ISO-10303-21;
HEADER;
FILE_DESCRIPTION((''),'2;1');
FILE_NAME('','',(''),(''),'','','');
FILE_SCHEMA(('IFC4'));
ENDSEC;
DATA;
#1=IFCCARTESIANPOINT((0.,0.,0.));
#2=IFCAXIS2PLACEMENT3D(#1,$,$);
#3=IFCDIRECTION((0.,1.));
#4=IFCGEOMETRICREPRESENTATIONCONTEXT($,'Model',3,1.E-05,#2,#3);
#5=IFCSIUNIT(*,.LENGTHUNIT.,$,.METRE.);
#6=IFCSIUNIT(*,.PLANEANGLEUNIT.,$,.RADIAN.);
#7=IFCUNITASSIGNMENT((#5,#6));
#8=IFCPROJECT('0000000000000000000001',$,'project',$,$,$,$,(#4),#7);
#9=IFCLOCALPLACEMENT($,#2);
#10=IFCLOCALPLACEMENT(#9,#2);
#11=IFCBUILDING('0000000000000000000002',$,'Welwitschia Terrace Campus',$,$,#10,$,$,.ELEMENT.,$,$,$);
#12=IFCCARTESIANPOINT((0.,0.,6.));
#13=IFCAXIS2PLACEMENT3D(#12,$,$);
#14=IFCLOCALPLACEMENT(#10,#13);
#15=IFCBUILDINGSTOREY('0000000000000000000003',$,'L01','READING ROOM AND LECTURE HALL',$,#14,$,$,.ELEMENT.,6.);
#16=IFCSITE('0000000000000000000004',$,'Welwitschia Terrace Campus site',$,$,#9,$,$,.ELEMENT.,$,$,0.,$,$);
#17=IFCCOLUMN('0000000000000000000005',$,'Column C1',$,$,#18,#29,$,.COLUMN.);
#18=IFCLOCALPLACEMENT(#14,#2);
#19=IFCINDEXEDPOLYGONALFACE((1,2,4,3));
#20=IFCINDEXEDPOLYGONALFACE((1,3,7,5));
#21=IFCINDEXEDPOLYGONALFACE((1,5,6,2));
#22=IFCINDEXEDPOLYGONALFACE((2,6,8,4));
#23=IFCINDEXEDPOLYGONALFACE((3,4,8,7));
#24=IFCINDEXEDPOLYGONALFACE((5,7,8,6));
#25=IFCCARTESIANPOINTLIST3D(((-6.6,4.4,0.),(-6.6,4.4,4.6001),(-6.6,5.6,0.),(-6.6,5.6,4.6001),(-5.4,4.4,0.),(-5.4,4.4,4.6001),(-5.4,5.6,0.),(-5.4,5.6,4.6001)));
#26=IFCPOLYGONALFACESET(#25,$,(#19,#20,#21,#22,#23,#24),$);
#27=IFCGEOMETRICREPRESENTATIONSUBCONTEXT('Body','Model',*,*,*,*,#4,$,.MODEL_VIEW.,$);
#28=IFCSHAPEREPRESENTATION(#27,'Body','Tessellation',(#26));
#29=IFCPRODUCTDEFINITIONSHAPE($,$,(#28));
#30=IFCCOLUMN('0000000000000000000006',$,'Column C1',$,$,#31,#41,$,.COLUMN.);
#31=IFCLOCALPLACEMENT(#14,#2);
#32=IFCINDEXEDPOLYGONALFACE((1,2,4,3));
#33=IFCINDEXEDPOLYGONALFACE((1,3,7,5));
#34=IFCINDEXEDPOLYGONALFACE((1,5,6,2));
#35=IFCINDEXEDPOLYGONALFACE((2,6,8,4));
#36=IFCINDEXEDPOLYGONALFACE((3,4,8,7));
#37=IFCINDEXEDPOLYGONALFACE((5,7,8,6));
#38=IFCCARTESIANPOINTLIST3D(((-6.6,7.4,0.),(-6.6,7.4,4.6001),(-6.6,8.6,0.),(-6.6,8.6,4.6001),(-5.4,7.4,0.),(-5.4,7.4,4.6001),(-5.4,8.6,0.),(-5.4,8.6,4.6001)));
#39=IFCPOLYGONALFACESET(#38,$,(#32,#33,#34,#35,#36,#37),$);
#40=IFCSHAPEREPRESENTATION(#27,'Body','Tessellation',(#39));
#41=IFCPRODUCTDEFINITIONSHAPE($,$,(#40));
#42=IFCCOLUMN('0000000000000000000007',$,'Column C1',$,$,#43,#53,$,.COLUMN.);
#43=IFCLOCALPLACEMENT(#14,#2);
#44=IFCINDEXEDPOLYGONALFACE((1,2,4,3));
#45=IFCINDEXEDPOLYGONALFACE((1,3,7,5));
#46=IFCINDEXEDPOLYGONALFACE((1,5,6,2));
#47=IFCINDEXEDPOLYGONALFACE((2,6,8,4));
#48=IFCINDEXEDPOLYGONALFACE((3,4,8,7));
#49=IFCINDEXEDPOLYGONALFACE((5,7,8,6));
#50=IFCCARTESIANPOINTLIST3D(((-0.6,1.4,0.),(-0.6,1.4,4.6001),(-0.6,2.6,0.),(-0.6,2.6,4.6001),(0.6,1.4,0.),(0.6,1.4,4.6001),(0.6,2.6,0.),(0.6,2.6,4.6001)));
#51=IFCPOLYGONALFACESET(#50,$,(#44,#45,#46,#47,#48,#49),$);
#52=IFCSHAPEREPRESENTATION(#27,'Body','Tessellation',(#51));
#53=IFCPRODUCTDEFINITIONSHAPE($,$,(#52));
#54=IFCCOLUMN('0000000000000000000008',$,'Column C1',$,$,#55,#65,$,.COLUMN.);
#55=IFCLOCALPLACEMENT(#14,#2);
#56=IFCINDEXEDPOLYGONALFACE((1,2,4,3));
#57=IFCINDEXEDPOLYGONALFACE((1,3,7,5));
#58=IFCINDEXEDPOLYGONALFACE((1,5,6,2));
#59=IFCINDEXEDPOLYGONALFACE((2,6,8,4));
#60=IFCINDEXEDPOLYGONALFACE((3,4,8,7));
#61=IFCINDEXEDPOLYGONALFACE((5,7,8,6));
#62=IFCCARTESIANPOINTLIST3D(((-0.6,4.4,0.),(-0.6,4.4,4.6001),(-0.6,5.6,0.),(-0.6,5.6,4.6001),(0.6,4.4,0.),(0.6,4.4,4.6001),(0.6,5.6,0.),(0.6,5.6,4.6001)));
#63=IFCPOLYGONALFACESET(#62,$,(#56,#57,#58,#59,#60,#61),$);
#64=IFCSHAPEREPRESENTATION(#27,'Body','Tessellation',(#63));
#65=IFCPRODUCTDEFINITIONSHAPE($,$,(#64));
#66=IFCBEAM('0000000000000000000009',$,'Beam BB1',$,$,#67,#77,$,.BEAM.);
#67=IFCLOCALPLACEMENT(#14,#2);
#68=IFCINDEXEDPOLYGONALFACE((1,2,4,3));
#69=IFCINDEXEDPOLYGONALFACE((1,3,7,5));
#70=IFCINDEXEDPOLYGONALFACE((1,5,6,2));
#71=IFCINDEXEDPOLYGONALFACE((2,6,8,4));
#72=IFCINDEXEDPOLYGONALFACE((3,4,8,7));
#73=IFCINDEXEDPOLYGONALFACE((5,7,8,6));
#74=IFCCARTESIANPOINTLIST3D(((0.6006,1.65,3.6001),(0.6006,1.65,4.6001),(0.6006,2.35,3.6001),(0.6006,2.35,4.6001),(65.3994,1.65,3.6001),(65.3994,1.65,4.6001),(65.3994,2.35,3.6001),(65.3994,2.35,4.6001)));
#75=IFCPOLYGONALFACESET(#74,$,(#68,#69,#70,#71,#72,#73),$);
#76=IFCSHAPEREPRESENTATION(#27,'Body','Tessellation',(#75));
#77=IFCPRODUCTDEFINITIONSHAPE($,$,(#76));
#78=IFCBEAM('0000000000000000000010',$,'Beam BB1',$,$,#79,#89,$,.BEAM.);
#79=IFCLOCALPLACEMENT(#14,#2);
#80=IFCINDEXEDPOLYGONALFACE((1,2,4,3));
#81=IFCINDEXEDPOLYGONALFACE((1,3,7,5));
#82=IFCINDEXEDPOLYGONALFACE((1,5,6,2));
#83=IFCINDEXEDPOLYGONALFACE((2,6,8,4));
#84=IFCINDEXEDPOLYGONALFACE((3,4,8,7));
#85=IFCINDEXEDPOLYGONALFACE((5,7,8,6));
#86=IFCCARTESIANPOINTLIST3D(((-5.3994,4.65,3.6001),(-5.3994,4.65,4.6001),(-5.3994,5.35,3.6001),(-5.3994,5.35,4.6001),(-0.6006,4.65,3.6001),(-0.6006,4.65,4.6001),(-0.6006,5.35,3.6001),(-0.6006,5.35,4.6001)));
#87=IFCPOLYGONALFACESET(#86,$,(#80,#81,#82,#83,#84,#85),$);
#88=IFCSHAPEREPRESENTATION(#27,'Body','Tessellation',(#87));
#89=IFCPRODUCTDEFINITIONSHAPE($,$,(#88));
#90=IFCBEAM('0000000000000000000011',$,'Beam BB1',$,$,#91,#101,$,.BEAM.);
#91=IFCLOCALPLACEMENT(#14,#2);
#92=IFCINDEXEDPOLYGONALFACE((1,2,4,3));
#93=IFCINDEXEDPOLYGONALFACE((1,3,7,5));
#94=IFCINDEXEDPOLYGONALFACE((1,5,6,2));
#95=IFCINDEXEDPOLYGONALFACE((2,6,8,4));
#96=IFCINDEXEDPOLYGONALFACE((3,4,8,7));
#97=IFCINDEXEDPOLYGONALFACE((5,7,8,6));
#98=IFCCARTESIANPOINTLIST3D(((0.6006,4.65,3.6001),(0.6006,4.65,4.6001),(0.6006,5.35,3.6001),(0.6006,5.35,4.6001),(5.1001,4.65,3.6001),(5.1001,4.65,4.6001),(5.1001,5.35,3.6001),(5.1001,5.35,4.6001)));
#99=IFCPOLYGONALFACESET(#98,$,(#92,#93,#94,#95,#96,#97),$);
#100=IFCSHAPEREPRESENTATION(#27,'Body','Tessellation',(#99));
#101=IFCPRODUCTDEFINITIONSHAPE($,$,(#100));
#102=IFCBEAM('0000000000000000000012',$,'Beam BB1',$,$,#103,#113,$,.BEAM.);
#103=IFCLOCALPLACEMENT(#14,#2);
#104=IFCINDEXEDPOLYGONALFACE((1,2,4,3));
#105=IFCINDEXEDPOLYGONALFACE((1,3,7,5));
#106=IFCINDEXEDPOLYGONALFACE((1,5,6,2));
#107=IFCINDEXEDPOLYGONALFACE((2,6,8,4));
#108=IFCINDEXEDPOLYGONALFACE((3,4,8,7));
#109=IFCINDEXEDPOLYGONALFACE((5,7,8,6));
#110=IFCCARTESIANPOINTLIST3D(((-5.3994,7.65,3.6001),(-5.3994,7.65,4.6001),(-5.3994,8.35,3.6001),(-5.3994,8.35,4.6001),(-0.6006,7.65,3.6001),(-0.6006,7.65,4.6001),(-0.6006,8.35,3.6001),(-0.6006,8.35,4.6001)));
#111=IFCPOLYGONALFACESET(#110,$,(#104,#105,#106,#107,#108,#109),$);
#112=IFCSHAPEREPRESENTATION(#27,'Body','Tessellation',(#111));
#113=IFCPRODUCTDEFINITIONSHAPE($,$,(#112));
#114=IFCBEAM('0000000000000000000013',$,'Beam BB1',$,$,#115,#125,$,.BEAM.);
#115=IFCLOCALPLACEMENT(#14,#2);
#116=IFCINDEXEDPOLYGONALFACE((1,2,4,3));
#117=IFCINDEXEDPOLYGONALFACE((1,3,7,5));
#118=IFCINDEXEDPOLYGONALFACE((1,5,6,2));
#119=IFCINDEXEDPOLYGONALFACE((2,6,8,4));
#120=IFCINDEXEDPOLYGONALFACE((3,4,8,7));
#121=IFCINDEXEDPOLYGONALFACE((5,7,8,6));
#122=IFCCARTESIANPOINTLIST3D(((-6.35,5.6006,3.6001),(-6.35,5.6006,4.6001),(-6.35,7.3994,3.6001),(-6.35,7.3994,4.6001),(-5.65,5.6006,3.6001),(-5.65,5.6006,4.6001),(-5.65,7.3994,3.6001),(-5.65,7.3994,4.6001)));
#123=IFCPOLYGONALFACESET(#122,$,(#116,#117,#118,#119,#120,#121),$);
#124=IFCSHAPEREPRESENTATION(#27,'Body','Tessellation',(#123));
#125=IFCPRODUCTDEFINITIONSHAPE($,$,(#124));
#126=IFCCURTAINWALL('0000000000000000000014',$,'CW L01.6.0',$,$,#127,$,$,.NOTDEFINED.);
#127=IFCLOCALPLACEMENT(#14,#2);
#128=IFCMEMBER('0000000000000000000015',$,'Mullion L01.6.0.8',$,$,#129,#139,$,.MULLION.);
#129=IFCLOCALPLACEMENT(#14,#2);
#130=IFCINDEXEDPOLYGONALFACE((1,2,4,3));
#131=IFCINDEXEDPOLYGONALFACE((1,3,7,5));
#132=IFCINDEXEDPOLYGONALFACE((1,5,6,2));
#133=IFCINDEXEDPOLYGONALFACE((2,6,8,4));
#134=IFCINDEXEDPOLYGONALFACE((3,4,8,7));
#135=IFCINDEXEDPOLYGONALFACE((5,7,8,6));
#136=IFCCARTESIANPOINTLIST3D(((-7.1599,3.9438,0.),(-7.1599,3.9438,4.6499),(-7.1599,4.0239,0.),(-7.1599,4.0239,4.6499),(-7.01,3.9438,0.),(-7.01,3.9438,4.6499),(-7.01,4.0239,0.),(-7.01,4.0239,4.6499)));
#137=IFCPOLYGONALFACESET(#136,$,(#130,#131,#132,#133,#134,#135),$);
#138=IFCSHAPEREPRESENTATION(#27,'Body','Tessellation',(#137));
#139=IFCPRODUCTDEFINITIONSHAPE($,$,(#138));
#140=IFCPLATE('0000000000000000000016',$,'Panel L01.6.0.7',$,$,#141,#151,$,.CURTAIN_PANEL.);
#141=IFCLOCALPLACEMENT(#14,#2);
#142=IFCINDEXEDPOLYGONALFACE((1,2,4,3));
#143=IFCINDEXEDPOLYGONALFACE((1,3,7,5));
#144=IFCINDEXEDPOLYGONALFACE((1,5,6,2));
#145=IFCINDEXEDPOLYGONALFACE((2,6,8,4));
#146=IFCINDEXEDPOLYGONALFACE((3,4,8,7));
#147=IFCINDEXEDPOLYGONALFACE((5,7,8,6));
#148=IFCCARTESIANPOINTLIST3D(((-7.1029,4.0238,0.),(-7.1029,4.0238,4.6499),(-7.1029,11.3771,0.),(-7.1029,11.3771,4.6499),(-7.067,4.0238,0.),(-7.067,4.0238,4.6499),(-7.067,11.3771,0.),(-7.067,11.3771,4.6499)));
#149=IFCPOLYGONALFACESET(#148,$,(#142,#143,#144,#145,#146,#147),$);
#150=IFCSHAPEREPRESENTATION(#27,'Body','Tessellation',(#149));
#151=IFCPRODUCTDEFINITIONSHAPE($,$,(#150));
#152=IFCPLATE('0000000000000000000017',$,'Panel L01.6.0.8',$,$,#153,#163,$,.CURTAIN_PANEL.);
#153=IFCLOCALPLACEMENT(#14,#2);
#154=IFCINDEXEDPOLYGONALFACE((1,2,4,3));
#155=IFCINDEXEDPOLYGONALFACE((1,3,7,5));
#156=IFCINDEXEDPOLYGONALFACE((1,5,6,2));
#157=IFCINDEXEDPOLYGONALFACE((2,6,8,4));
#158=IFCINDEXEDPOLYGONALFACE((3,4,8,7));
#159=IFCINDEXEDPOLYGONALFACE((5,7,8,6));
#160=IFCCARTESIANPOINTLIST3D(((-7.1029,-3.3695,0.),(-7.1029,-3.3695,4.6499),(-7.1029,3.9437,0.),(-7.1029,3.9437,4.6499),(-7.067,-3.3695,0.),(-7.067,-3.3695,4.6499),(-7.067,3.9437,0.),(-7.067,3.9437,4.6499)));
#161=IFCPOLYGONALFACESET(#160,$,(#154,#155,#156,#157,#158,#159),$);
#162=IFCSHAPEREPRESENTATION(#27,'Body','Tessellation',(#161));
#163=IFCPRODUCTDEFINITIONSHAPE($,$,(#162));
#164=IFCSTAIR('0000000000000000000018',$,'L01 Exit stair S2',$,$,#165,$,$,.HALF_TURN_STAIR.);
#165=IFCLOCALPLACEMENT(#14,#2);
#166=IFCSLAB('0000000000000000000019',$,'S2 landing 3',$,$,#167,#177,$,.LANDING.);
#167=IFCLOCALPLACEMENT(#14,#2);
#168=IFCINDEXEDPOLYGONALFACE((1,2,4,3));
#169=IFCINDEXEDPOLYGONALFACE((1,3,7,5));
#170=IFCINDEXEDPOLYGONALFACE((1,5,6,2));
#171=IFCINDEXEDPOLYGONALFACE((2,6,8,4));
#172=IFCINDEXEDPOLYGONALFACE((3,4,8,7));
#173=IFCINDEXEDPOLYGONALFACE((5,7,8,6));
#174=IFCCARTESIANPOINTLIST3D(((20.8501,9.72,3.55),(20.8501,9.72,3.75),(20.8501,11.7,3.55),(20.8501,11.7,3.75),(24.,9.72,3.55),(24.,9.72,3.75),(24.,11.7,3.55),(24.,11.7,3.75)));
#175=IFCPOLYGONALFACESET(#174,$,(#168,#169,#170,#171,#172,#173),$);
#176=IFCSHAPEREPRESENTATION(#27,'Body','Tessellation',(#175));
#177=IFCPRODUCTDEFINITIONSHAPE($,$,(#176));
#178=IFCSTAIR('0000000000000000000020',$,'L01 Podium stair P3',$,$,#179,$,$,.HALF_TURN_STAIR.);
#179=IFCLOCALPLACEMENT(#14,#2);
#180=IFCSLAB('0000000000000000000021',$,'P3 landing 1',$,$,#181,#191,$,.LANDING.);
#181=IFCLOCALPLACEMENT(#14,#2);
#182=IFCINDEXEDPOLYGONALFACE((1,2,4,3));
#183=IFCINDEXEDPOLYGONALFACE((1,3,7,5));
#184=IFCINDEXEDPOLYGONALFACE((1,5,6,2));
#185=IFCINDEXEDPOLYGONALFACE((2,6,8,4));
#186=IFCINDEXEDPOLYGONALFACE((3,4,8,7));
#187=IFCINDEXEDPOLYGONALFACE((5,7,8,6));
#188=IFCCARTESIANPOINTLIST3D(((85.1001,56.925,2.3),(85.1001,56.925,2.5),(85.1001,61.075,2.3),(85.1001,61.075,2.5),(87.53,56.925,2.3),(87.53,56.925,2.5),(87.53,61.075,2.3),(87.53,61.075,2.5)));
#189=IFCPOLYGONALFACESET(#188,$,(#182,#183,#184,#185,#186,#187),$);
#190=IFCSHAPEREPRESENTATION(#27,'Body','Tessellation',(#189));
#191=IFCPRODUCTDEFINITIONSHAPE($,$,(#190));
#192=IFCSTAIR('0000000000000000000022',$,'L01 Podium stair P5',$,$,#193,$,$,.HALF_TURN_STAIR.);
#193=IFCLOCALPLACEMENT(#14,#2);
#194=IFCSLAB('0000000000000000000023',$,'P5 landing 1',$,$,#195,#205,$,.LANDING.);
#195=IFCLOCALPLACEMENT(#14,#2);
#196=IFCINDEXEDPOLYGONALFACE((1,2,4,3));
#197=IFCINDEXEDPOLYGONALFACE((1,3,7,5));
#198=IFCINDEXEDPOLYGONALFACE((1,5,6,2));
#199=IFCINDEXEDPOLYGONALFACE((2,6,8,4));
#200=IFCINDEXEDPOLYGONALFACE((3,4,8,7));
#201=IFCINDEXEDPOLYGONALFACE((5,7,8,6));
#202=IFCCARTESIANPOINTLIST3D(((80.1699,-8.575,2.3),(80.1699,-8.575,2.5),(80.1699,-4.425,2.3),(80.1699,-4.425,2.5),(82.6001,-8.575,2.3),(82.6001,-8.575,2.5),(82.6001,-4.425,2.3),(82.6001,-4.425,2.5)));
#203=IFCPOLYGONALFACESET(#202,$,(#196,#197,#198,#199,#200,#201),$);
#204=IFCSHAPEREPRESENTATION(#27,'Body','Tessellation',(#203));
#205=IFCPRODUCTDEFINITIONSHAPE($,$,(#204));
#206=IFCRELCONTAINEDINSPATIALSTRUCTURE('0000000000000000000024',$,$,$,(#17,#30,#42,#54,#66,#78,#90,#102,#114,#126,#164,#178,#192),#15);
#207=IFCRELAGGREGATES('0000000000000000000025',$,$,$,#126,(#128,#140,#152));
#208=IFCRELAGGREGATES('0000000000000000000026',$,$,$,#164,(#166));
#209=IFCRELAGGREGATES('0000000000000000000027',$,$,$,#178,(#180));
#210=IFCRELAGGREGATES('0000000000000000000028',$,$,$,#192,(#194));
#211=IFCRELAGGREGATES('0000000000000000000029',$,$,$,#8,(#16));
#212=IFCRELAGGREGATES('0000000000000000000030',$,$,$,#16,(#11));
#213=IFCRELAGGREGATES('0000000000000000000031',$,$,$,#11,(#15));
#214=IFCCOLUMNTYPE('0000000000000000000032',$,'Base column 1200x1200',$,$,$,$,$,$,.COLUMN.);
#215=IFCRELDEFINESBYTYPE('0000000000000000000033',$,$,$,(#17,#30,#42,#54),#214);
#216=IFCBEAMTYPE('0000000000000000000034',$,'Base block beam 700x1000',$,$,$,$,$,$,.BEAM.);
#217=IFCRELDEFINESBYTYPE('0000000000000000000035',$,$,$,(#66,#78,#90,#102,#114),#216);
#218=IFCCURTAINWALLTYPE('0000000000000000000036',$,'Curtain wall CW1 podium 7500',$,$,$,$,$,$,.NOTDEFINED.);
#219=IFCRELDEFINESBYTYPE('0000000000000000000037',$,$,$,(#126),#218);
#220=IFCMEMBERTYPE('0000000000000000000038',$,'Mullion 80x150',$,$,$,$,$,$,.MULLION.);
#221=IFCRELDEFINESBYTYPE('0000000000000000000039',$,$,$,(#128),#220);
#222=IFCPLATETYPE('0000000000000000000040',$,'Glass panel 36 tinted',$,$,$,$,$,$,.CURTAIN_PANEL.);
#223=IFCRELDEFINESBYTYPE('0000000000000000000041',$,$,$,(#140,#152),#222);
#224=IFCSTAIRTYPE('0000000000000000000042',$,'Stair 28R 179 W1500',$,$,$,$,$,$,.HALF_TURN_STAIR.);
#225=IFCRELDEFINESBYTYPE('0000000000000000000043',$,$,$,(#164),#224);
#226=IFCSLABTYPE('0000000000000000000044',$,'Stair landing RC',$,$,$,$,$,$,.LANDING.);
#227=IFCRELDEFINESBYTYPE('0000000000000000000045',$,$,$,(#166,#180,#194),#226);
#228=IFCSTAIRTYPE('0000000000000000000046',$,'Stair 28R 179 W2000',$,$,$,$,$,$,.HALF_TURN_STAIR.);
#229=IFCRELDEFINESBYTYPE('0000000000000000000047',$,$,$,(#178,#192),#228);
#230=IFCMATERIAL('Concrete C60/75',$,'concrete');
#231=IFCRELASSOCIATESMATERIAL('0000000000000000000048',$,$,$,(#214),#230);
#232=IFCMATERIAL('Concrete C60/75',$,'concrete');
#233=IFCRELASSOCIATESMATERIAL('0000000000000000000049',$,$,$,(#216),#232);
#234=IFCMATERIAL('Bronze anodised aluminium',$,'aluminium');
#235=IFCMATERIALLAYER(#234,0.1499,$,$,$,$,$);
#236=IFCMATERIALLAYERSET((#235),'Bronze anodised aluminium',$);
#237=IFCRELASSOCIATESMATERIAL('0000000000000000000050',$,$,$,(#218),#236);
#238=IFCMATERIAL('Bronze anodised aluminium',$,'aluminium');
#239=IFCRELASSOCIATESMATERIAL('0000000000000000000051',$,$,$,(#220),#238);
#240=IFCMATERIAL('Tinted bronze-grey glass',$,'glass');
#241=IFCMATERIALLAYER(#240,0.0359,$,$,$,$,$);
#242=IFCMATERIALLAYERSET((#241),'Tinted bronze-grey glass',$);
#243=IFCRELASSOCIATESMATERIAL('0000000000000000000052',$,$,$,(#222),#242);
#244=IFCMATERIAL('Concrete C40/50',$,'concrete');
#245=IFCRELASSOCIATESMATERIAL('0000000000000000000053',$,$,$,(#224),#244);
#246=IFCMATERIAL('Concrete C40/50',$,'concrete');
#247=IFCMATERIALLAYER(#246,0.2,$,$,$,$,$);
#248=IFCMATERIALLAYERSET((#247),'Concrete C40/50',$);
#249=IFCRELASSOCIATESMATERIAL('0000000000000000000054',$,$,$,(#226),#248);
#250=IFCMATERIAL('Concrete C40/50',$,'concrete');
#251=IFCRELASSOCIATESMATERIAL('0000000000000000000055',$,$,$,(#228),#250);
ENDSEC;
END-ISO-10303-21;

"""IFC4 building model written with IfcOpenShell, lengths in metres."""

from ifc_helpers import new_model, si_unit, direction, frame, origin, origin_2d, place, context, subcontext, project, spatial, polyline, rectangle, outline, extrude, material, layer, layer_set, material_profile, profile_set, type_object, element, aggregate, save


model = new_model("IFC4")

# Units and contexts
model_context = context("Model", 3, precision=1e-05, world=origin(), true_north=direction((0.0, 1.0)))
body_context = subcontext(model_context, "Body", "Model", "MODEL_VIEW")
ifc_project = project(units=[si_unit("LENGTHUNIT", "METRE"), si_unit("PLANEANGLEUNIT", "RADIAN")], contexts=[model_context])

# Site, building, storey
site_placement = place(None, origin())
site = spatial("IfcSite", under=ifc_project, at=site_placement, Name="Welwitschia Terrace Campus site", CompositionType="ELEMENT", RefElevation=0.0)
building_placement = place(site_placement, origin())
building = spatial("IfcBuilding", under=site, at=building_placement, Name="Welwitschia Terrace Campus", CompositionType="ELEMENT")
storey_placement = place(building_placement, frame((0.0, 0.0, 6.0)))
storey = spatial("IfcBuildingStorey", under=building, at=storey_placement, Name="L01", Description="READING ROOM AND LECTURE HALL", CompositionType="ELEMENT", Elevation=6.0)

# Columns
ifc_material_1 = material(Name="Concrete C60/75", Category="concrete")
ifc_material_profile_1 = material_profile(ifc_material_1, rectangle(XDim=1.2, YDim=1.2, at=origin_2d()))
ifc_profile_set_1 = profile_set([ifc_material_profile_1], Name="Concrete C60/75")
column_type = type_object("IfcColumnType", Name="Base column 1200x1200", PredefinedType="COLUMN", material=ifc_profile_set_1)
for number, where, z_axis, x_axis, name in (
    (1, (-6.0, 5.0, 0.0), (0.0, 0.0, 1.0), (1.0, 0.0, 0.0), "Column C1"),
    (2, (-6.0, 8.0, 0.0), (0.0, 0.0, 1.0), (1.0, 0.0, 0.0), "Column C1"),
    (3, (0.0, 2.0, 0.0), (0.0, 0.0, 1.0), (1.0, 0.0, 0.0), "Column C1"),
    (4, (0.0, 5.0, 0.0), (0.0, 0.0, 1.0), (1.0, 0.0, 0.0), "Column C1"),
):
    element("IfcColumn", number, at=place(storey_placement, frame(where, z_axis=z_axis, x_axis=x_axis)), inside=storey, type_object=column_type, Name=name, PredefinedType="COLUMN", context=body_context, shape_type="SweptSolid", body=[
        extrude(rectangle(XDim=1.2, YDim=1.2, at=origin_2d()), origin(), (0.0, 0.0, 1.0), 4.6001),
    ])

# Beams
ifc_material_2 = material(Name="Concrete C60/75", Category="concrete")
ifc_material_profile_2 = material_profile(ifc_material_2, rectangle(XDim=0.7, YDim=1.0, at=origin_2d()))
ifc_profile_set_2 = profile_set([ifc_material_profile_2], Name="Concrete C60/75")
beam_type = type_object("IfcBeamType", Name="Base block beam 700x1000", PredefinedType="BEAM", material=ifc_profile_set_2)
beam_1_placement = place(storey_placement, frame((0.6006, 2.0, 4.1001), z_axis=(1.0, 0.0, 0.0), x_axis=(0.0, 1.0, 0.0)))
element("IfcBeam", 5, at=beam_1_placement, inside=storey, type_object=beam_type, Name="Beam BB1", PredefinedType="BEAM", context=body_context, shape_type="SweptSolid", body=[
    extrude(rectangle(XDim=0.7, YDim=1.0, at=origin_2d()), origin(), (0.0, 0.0, 1.0), 64.7988),
])
beam_2_placement = place(storey_placement, frame((-5.3994, 5.0, 4.1001), z_axis=(1.0, 0.0, 0.0), x_axis=(0.0, 1.0, 0.0)))
element("IfcBeam", 6, at=beam_2_placement, inside=storey, type_object=beam_type, Name="Beam BB1", PredefinedType="BEAM", context=body_context, shape_type="SweptSolid", body=[
    extrude(rectangle(XDim=0.7, YDim=1.0, at=origin_2d()), origin(), (0.0, 0.0, 1.0), 4.7988),
])
beam_3_placement = place(storey_placement, frame((0.6006, 5.0, 4.1001), z_axis=(1.0, 0.0, 0.0), x_axis=(0.0, 1.0, 0.0)))
element("IfcBeam", 7, at=beam_3_placement, inside=storey, type_object=beam_type, Name="Beam BB1", PredefinedType="BEAM", context=body_context, shape_type="SweptSolid", body=[
    extrude(rectangle(XDim=0.7, YDim=1.0, at=origin_2d()), origin(), (0.0, 0.0, 1.0), 4.4995),
])
beam_4_placement = place(storey_placement, frame((-5.3994, 8.0, 4.1001), z_axis=(1.0, 0.0, 0.0), x_axis=(0.0, 1.0, 0.0)))
element("IfcBeam", 8, at=beam_4_placement, inside=storey, type_object=beam_type, Name="Beam BB1", PredefinedType="BEAM", context=body_context, shape_type="SweptSolid", body=[
    extrude(rectangle(XDim=0.7, YDim=1.0, at=origin_2d()), origin(), (0.0, 0.0, 1.0), 4.7988),
])
beam_5_placement = place(storey_placement, frame((-6.0, 5.6006, 4.1001), z_axis=(0.0, 1.0, 0.0), x_axis=(-1.0, 0.0, 0.0)))
element("IfcBeam", 9, at=beam_5_placement, inside=storey, type_object=beam_type, Name="Beam BB1", PredefinedType="BEAM", context=body_context, shape_type="SweptSolid", body=[
    extrude(rectangle(XDim=0.7, YDim=1.0, at=origin_2d()), origin(), (0.0, 0.0, 1.0), 1.7988),
])

# Curtain wall, member, plates
ifc_material_3 = material(Name="Bronze anodised aluminium", Category="aluminium")
ifc_layer_1 = layer(ifc_material_3, 0.1499)
ifc_layer_set_1 = layer_set([ifc_layer_1], Name="Bronze anodised aluminium")
curtain_wall_type = type_object("IfcCurtainWallType", Name="Curtain wall CW1 podium 7500", PredefinedType="NOTDEFINED", material=ifc_layer_set_1)
curtain_wall_placement = place(storey_placement, origin())
curtain_wall = element("IfcCurtainWall", 10, at=curtain_wall_placement, inside=storey, type_object=curtain_wall_type, Name="CW L01.6.0", PredefinedType="NOTDEFINED")
ifc_material_4 = material(Name="Bronze anodised aluminium", Category="aluminium")
ifc_material_profile_3 = material_profile(ifc_material_4, rectangle(XDim=0.1499, YDim=0.0801, at=origin_2d()))
ifc_profile_set_3 = profile_set([ifc_material_profile_3], Name="Bronze anodised aluminium")
member_type = type_object("IfcMemberType", Name="Mullion 80x150", PredefinedType="MULLION", material=ifc_profile_set_3)
member_placement = place(storey_placement, frame((-7.085, 3.9839, 0.0), z_axis=(0.0, 0.0, 1.0), x_axis=(1.0, 0.0, 0.0)))
member = element("IfcMember", 11, at=member_placement, type_object=member_type, Name="Mullion L01.6.0.8", PredefinedType="MULLION", context=body_context, shape_type="SweptSolid", body=[
    extrude(rectangle(XDim=0.1499, YDim=0.0801, at=origin_2d()), origin(), (0.0, 0.0, 1.0), 4.6499),
])
ifc_material_5 = material(Name="Tinted bronze-grey glass", Category="glass")
ifc_layer_2 = layer(ifc_material_5, 0.0359)
ifc_layer_set_2 = layer_set([ifc_layer_2], Name="Tinted bronze-grey glass")
plate_type = type_object("IfcPlateType", Name="Glass panel 36 tinted", PredefinedType="CURTAIN_PANEL", material=ifc_layer_set_2)
plate_1_placement = place(storey_placement, frame((-7.085, 7.7004, 0.0), z_axis=(0.0, 0.0, 1.0), x_axis=(0.0, -1.0, 0.0)))
plate_1 = element("IfcPlate", 12, at=plate_1_placement, type_object=plate_type, Name="Panel L01.6.0.7", PredefinedType="CURTAIN_PANEL", context=body_context, shape_type="SweptSolid", body=[
    extrude(rectangle(XDim=7.3533, YDim=0.0359, at=origin_2d()), origin(), (0.0, 0.0, 1.0), 4.6499),
])
plate_2_placement = place(storey_placement, frame((-7.085, 0.2871, 0.0), z_axis=(0.0, 0.0, 1.0), x_axis=(0.0, -1.0, 0.0)))
plate_2 = element("IfcPlate", 13, at=plate_2_placement, type_object=plate_type, Name="Panel L01.6.0.8", PredefinedType="CURTAIN_PANEL", context=body_context, shape_type="SweptSolid", body=[
    extrude(rectangle(XDim=7.3132, YDim=0.0359, at=origin_2d()), origin(), (0.0, 0.0, 1.0), 4.6499),
])
aggregate(curtain_wall, [member, plate_1, plate_2])

# Stairs, slabs
ifc_material_6 = material(Name="Concrete C40/50", Category="concrete")
stair_type_1 = type_object("IfcStairType", Name="Stair 28R 179 W1500", PredefinedType="HALF_TURN_STAIR", material=ifc_material_6)
stair_1_placement = place(storey_placement, origin())
stair_1 = element("IfcStair", 14, at=stair_1_placement, inside=storey, type_object=stair_type_1, Name="L01 Exit stair S2", PredefinedType="HALF_TURN_STAIR")
ifc_material_7 = material(Name="Concrete C40/50", Category="concrete")
ifc_layer_3 = layer(ifc_material_7, 0.2)
ifc_layer_set_3 = layer_set([ifc_layer_3], Name="Concrete C40/50")
slab_type = type_object("IfcSlabType", Name="Stair landing RC", PredefinedType="LANDING", material=ifc_layer_set_3)
slab_1_placement = place(storey_placement, frame((0.0, 0.0, 3.55)))
slab_1 = element("IfcSlab", 15, at=slab_1_placement, type_object=slab_type, Name="S2 landing 3", PredefinedType="LANDING", context=body_context, shape_type="SweptSolid", body=[
    extrude(outline(polyline([(24.0, 9.72), (24.0, 11.7), (20.8501, 11.7), (20.8501, 9.72), (24.0, 9.72)])), origin(), (0.0, 0.0, 1.0), 0.2),
])
aggregate(stair_1, [slab_1])
ifc_material_8 = material(Name="Concrete C40/50", Category="concrete")
stair_type_2 = type_object("IfcStairType", Name="Stair 28R 179 W2000", PredefinedType="HALF_TURN_STAIR", material=ifc_material_8)
stair_2_placement = place(storey_placement, origin())
stair_2 = element("IfcStair", 16, at=stair_2_placement, inside=storey, type_object=stair_type_2, Name="L01 Podium stair P3", PredefinedType="HALF_TURN_STAIR")
slab_2_placement = place(storey_placement, frame((0.0, 0.0, 2.3)))
slab_2 = element("IfcSlab", 17, at=slab_2_placement, type_object=slab_type, Name="P3 landing 1", PredefinedType="LANDING", context=body_context, shape_type="SweptSolid", body=[
    extrude(outline(polyline([(87.53, 61.075), (85.1001, 61.075), (85.1001, 56.925), (87.53, 56.925), (87.53, 61.075)])), origin(), (0.0, 0.0, 1.0), 0.2),
])
aggregate(stair_2, [slab_2])
stair_3_placement = place(storey_placement, origin())
stair_3 = element("IfcStair", 18, at=stair_3_placement, inside=storey, type_object=stair_type_2, Name="L01 Podium stair P5", PredefinedType="HALF_TURN_STAIR")
slab_3_placement = place(storey_placement, frame((0.0, 0.0, 2.3)))
slab_3 = element("IfcSlab", 19, at=slab_3_placement, type_object=slab_type, Name="P5 landing 1", PredefinedType="LANDING", context=body_context, shape_type="SweptSolid", body=[
    extrude(outline(polyline([(80.1699, -8.575), (82.6001, -8.575), (82.6001, -4.425), (80.1699, -4.425), (80.1699, -8.575)])), origin(), (0.0, 0.0, 1.0), 0.2),
])
aggregate(stair_3, [slab_3])

save(model, "model.ifc")
